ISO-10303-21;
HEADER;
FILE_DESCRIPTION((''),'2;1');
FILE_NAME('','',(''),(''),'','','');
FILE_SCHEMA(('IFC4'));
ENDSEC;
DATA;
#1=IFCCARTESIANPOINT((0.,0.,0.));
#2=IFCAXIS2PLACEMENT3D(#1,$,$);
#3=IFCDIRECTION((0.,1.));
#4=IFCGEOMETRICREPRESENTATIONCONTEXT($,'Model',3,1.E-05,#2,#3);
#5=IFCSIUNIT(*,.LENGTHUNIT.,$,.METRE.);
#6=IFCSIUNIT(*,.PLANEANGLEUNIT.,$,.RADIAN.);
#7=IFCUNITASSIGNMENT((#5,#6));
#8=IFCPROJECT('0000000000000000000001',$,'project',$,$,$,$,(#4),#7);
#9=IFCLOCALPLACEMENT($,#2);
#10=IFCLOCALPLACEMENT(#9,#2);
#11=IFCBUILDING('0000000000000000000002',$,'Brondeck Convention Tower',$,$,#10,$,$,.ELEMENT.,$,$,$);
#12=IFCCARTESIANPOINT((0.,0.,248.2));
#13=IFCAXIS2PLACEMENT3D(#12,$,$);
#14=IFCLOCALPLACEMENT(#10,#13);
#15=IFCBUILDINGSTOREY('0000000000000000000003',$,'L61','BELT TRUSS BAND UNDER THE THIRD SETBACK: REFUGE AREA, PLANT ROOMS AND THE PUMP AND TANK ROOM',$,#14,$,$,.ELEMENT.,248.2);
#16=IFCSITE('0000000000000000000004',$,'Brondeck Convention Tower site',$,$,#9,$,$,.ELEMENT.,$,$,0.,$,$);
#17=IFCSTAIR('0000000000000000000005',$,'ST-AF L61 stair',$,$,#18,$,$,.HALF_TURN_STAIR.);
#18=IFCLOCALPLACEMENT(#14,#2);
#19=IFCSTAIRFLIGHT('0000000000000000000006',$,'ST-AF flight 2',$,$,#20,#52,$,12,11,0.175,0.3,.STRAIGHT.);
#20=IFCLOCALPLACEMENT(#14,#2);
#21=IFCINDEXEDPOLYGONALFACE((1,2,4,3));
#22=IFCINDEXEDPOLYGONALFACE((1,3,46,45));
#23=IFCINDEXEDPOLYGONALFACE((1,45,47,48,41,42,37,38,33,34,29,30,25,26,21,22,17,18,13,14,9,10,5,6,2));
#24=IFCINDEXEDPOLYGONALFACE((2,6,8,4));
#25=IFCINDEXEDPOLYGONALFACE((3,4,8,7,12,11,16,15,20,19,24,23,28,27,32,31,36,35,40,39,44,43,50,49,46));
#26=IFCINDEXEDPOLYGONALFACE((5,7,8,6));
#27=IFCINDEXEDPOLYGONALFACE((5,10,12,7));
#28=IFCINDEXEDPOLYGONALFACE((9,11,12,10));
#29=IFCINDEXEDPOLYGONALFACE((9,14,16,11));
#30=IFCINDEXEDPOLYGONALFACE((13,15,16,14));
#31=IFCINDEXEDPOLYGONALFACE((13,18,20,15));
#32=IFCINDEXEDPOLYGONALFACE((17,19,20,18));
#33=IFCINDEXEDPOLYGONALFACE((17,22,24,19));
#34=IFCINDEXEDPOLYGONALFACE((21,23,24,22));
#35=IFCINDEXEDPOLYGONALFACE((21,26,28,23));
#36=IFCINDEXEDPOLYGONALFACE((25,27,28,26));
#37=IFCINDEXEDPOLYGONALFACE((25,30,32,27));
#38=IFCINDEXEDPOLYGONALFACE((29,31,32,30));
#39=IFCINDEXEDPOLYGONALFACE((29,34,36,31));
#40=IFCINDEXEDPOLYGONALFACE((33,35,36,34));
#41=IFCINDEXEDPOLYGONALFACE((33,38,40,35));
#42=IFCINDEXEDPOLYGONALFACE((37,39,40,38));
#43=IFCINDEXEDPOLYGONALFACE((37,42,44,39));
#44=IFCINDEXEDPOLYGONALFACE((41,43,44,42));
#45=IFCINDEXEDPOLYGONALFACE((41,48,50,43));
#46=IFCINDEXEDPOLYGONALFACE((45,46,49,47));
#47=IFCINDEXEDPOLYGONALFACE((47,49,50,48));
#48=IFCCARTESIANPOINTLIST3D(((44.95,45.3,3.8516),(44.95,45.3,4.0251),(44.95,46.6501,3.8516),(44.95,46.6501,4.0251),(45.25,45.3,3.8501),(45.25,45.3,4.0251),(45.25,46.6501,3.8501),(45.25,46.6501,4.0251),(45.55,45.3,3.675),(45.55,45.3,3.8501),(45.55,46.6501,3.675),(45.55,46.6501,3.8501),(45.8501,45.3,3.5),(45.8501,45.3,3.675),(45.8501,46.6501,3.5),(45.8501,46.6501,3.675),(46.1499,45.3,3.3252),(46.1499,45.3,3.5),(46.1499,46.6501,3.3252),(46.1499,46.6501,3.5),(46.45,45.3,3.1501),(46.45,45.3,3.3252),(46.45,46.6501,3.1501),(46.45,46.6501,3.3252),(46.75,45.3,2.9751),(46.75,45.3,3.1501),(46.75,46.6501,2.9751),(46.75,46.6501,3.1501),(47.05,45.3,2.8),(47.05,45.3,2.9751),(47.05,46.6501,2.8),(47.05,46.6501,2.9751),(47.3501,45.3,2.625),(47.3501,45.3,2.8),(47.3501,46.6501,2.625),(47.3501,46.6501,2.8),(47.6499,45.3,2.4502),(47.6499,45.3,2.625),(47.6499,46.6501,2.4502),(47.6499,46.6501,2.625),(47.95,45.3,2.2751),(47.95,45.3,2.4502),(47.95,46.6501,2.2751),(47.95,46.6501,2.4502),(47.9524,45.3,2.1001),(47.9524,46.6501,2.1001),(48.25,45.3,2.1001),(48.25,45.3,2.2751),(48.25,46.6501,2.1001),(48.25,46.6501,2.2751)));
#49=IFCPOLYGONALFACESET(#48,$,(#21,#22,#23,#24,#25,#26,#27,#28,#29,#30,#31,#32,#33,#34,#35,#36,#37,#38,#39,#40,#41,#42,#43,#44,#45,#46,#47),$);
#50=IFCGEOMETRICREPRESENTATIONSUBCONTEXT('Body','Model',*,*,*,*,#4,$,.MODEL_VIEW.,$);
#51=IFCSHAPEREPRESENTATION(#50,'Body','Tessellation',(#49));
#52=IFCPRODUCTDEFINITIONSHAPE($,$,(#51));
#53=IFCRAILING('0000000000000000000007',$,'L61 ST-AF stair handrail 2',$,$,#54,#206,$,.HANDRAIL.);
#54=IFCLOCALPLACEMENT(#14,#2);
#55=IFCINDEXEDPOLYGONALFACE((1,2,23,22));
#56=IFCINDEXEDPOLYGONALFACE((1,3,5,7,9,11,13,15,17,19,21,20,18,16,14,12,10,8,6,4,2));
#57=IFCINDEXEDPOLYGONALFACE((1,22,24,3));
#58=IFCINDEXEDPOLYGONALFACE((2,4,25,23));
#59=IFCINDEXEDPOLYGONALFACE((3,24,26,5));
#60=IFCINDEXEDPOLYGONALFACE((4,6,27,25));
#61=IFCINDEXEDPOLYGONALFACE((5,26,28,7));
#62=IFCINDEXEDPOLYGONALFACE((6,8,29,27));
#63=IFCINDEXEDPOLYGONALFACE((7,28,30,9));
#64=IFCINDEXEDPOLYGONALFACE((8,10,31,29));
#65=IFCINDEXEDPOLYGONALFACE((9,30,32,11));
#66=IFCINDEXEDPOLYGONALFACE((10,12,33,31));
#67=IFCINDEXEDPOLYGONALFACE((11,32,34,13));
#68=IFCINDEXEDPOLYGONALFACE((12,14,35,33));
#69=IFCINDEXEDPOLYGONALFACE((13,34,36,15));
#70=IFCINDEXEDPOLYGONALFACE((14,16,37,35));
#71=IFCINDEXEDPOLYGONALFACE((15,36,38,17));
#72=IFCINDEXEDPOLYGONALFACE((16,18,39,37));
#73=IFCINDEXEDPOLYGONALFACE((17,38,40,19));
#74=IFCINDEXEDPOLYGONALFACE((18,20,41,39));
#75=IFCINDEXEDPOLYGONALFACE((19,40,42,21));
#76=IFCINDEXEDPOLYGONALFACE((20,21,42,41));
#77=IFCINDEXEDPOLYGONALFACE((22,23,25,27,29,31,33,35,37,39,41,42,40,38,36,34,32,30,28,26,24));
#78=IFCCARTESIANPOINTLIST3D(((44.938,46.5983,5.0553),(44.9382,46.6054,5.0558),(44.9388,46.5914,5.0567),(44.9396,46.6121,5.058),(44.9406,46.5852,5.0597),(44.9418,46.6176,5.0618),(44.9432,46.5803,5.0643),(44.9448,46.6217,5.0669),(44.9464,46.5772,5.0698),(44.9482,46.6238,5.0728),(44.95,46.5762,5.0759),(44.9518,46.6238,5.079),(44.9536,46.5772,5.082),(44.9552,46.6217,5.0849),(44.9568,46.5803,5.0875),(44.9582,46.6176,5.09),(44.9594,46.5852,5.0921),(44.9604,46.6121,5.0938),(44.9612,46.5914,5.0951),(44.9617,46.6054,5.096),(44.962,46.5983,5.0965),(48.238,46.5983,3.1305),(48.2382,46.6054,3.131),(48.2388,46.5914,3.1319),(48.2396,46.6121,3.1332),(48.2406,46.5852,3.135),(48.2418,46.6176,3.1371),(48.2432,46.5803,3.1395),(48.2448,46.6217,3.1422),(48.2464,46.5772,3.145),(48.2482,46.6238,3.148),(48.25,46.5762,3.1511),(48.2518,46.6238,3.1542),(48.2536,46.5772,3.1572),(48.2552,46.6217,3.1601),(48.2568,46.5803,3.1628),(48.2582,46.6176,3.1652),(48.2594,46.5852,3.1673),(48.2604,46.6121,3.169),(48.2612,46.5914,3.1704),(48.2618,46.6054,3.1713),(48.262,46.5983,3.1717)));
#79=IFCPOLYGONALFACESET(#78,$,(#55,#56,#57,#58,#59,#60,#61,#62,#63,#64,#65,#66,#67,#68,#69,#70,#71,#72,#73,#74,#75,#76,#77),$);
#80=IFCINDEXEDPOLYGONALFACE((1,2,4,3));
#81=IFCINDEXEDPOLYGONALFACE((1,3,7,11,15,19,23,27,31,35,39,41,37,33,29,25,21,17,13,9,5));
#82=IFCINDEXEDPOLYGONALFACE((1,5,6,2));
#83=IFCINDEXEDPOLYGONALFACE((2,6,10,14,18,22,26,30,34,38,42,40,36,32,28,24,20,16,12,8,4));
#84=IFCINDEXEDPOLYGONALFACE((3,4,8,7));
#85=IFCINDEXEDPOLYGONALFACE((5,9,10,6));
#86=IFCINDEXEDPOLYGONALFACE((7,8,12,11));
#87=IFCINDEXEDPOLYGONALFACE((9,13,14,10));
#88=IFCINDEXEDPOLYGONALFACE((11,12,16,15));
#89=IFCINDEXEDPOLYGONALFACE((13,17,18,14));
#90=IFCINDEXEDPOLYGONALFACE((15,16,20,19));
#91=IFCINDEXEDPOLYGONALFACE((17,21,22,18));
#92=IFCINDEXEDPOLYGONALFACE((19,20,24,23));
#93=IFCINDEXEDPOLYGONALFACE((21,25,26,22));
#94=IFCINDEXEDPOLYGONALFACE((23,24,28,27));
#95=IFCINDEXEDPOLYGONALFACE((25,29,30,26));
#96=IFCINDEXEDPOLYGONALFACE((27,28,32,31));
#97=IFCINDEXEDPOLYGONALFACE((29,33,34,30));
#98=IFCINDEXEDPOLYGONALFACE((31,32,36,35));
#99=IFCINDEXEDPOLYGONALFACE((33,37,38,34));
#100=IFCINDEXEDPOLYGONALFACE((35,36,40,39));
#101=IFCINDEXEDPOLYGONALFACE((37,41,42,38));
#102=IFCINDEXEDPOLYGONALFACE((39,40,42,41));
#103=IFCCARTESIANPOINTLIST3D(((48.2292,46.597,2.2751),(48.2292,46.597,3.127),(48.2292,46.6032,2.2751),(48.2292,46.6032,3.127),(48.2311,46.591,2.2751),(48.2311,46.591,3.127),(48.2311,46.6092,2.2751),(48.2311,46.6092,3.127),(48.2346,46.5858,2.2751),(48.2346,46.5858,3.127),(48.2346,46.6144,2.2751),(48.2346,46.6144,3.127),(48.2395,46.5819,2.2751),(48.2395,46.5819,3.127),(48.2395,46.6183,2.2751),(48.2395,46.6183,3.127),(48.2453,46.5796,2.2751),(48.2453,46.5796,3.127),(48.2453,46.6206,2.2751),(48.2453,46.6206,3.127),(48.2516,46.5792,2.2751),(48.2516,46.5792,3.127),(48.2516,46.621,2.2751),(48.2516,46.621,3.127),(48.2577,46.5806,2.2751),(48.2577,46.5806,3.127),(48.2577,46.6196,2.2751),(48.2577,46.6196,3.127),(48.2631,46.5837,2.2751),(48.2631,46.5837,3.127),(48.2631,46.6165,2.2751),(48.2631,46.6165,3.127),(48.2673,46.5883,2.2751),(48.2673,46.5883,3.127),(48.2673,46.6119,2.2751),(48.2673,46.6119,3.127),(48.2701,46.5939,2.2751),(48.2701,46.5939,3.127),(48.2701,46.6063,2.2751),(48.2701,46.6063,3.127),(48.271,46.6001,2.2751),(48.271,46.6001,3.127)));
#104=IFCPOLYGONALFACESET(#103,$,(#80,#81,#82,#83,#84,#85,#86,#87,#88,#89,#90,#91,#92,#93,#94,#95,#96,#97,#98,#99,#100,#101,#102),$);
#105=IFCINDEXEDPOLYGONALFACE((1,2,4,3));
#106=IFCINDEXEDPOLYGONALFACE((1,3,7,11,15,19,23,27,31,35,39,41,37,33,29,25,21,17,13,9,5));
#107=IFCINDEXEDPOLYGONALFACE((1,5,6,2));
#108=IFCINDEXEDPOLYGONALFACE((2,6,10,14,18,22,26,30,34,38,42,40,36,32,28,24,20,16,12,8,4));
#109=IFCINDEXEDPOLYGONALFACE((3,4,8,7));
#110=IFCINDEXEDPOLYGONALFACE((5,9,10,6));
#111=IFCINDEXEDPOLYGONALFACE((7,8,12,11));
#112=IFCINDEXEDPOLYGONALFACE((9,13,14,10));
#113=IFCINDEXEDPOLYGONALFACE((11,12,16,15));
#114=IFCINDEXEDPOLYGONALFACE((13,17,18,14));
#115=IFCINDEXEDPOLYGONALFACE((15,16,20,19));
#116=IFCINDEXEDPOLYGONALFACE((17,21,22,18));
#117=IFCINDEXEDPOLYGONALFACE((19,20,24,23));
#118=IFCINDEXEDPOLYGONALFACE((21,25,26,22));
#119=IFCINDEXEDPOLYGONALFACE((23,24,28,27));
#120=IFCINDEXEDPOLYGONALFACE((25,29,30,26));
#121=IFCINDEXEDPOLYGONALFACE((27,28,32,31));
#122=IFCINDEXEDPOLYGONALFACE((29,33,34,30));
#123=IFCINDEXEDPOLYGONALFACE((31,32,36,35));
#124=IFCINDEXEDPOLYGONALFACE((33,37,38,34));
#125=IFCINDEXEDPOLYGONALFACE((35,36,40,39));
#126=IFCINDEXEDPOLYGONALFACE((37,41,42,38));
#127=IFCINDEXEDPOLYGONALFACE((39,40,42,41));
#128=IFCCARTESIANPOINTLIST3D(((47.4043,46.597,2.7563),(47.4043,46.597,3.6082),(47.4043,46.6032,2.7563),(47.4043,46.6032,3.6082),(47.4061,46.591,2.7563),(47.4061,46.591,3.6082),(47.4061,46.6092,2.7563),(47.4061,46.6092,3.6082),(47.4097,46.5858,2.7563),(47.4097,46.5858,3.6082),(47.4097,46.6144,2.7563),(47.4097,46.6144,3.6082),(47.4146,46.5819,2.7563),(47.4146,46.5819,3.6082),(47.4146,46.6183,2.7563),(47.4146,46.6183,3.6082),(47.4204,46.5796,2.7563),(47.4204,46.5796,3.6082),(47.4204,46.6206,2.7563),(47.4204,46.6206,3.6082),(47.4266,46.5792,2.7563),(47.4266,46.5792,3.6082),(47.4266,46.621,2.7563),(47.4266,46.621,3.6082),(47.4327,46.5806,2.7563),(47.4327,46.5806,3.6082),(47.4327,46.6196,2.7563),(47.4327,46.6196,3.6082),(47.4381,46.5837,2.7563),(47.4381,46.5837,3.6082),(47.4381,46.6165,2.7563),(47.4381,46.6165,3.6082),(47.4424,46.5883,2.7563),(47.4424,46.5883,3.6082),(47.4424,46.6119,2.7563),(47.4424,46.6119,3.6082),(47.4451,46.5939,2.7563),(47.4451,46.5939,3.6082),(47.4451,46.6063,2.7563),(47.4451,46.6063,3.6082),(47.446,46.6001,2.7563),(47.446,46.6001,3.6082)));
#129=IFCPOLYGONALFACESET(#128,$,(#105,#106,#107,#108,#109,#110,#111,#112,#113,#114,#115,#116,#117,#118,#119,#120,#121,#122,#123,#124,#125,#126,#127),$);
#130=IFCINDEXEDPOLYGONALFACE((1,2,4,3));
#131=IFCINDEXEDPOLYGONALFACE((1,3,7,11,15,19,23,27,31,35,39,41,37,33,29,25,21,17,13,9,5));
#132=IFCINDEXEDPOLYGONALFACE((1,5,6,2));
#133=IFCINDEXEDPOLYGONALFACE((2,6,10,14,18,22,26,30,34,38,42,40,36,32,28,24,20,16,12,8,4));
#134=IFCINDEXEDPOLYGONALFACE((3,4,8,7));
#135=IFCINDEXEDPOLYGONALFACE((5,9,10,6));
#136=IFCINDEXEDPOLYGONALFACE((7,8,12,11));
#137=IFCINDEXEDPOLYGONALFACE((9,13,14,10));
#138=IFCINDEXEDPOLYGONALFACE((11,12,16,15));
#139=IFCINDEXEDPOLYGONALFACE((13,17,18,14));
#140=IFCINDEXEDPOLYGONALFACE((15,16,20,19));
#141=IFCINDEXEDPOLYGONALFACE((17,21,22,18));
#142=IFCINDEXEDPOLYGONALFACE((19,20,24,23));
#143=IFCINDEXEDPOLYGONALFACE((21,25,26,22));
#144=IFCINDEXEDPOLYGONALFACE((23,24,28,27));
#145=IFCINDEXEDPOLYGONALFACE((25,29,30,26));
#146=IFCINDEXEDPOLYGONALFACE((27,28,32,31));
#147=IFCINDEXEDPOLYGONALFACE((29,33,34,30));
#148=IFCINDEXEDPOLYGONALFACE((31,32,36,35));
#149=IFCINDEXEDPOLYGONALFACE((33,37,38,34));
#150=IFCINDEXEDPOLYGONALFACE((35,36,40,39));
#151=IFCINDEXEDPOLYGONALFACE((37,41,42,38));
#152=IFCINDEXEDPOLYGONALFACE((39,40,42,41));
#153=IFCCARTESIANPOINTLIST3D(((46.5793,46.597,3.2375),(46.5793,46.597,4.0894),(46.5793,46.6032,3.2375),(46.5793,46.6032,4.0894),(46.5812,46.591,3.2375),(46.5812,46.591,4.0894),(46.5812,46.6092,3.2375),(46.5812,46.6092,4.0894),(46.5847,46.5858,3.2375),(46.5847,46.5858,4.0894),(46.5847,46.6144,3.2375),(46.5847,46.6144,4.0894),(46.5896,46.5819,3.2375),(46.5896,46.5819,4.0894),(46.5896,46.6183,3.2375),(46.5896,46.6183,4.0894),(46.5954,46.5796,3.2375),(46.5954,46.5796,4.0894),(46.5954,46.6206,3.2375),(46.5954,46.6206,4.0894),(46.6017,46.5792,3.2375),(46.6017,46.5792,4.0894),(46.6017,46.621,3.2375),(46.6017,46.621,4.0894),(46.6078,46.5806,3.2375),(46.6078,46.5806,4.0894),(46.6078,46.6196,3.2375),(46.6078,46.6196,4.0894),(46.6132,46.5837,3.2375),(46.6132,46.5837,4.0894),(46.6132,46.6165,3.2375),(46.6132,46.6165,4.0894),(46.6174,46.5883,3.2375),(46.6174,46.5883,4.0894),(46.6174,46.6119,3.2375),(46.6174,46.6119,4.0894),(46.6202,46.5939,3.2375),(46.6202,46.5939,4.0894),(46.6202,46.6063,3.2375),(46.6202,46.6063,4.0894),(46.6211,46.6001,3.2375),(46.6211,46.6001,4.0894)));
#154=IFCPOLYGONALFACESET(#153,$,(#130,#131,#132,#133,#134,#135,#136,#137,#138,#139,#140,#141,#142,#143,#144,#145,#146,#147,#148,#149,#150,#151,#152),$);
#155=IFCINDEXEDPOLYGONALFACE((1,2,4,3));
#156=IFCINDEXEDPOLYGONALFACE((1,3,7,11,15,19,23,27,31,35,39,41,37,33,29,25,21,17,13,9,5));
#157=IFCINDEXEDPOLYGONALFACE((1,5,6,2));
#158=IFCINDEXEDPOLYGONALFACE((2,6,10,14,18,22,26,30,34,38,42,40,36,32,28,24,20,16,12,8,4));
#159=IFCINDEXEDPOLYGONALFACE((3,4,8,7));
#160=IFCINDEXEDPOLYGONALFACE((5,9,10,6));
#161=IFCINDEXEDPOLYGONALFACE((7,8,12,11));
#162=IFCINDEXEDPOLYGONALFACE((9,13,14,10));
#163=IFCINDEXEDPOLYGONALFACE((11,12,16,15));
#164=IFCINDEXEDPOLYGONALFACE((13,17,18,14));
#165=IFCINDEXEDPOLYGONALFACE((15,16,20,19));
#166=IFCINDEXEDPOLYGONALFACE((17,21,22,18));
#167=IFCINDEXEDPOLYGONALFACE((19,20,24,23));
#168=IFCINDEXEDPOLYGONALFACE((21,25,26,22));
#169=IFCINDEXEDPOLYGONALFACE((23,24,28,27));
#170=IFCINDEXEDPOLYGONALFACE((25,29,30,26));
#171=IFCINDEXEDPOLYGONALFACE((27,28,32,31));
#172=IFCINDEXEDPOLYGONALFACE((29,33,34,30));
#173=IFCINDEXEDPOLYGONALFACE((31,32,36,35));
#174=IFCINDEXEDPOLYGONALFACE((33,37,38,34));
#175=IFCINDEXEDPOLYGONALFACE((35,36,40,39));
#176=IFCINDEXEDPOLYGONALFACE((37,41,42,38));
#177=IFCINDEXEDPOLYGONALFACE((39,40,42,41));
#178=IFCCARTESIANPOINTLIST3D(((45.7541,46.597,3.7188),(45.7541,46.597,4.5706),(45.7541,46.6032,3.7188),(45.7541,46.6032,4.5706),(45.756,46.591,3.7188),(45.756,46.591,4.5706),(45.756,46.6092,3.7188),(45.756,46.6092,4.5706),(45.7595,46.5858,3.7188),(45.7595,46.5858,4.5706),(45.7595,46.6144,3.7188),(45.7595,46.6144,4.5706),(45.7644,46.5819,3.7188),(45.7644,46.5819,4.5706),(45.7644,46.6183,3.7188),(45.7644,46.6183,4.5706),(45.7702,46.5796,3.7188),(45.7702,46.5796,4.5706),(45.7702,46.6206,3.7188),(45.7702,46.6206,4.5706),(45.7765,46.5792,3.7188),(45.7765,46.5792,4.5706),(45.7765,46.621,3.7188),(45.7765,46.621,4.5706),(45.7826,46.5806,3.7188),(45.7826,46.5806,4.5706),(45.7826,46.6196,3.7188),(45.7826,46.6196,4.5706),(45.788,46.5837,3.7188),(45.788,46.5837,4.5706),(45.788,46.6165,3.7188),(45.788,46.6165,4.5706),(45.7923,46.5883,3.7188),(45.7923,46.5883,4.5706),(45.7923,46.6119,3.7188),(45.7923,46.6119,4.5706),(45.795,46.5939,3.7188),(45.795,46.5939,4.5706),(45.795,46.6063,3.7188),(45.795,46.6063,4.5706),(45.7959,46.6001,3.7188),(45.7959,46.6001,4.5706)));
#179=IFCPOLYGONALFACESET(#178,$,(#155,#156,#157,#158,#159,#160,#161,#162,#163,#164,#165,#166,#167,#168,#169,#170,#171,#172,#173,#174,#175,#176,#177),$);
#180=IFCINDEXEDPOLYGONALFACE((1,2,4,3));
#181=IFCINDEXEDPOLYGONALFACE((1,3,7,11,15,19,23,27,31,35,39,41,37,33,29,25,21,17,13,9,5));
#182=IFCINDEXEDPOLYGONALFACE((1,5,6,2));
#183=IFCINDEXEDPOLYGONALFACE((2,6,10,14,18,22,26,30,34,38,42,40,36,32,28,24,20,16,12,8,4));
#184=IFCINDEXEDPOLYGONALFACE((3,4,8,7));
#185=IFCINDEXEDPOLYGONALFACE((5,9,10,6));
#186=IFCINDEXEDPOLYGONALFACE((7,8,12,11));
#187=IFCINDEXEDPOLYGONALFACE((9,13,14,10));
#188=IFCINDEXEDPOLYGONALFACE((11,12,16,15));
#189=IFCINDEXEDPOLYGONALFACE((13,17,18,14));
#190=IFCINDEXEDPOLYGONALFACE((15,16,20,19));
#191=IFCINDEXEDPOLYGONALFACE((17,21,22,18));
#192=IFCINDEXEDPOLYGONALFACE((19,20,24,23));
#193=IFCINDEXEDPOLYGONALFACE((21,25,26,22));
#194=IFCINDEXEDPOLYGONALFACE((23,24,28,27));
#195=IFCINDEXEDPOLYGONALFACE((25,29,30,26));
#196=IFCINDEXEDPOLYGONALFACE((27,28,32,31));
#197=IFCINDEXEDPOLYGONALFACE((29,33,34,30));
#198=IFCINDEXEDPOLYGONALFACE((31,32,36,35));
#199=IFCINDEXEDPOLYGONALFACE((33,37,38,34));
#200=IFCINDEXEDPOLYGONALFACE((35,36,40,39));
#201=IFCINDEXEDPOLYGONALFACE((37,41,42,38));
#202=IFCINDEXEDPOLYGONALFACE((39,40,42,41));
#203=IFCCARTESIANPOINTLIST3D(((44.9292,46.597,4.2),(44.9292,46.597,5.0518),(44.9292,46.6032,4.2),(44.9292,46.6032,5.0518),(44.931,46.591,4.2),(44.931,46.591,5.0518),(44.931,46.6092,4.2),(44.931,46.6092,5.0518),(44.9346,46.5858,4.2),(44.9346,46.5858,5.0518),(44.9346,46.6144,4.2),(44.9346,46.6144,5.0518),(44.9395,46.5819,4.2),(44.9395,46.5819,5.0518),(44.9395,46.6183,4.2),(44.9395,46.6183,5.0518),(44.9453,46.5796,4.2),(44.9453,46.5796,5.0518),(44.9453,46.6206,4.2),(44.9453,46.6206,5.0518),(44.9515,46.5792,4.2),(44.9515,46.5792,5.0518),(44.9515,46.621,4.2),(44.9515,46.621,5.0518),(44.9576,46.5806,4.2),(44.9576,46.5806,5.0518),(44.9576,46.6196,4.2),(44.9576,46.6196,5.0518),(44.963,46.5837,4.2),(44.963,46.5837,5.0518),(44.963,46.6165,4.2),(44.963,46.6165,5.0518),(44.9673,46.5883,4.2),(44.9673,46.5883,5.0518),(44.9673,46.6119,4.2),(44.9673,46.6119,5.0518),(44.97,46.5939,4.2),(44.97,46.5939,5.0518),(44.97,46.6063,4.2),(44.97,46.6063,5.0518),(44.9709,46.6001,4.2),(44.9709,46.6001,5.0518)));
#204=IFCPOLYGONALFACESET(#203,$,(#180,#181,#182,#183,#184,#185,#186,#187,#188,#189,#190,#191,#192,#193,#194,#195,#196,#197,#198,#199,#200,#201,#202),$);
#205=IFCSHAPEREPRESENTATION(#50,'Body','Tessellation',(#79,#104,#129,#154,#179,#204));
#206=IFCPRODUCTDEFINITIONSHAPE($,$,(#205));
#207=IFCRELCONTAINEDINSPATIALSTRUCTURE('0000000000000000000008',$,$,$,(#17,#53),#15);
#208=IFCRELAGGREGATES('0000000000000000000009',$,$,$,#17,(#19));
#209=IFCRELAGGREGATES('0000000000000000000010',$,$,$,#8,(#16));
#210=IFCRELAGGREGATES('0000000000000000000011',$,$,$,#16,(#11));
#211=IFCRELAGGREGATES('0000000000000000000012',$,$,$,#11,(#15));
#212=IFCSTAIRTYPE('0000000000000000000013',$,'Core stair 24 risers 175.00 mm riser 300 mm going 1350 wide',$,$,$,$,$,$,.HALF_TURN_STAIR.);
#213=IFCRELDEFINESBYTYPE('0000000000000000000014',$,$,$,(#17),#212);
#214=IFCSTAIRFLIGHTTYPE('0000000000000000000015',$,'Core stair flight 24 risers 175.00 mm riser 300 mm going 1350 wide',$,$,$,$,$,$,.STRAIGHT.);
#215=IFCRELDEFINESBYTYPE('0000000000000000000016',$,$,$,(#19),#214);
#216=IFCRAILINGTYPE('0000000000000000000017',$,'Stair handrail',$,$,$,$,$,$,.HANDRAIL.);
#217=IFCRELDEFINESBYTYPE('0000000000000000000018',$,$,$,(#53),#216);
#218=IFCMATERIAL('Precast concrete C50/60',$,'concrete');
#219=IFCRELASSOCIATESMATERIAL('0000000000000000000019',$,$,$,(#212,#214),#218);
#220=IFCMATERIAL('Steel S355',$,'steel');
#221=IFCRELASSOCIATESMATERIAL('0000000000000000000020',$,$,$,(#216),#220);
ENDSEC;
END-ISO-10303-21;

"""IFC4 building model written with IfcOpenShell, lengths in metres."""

from ifc_helpers import new_model, si_unit, direction, frame, origin, origin_2d, place, context, subcontext, project, spatial, polyline, circle, outline, extrude, material, type_object, element, aggregate, save


model = new_model("IFC4")

# Units and contexts
model_context = context("Model", 3, precision=1e-05, world=origin(), true_north=direction((0.0, 1.0)))
body_context = subcontext(model_context, "Body", "Model", "MODEL_VIEW")
ifc_project = project(units=[si_unit("LENGTHUNIT", "METRE"), si_unit("PLANEANGLEUNIT", "RADIAN")], contexts=[model_context])

# Site, building, storey
site_placement = place(None, origin())
site = spatial("IfcSite", under=ifc_project, at=site_placement, Name="Brondeck Convention Tower site", CompositionType="ELEMENT", RefElevation=0.0)
building_placement = place(site_placement, origin())
building = spatial("IfcBuilding", under=site, at=building_placement, Name="Brondeck Convention Tower", CompositionType="ELEMENT")
storey_placement = place(building_placement, frame((0.0, 0.0, 248.2)))
storey = spatial("IfcBuildingStorey", under=building, at=storey_placement, Name="L61", Description="BELT TRUSS BAND UNDER THE THIRD SETBACK: REFUGE AREA, PLANT ROOMS AND THE PUMP AND TANK ROOM", CompositionType="ELEMENT", Elevation=248.2)

# Shared definitions
ifc_material_1 = material(Name="Steel S355", Category="steel")

# Stair, stair flight
ifc_material_2 = material(Name="Precast concrete C50/60", Category="concrete")
stair_type = type_object("IfcStairType", Name="Core stair 24 risers 175.00 mm riser 300 mm going 1350 wide", PredefinedType="HALF_TURN_STAIR", material=ifc_material_2)
stair_placement = place(storey_placement, origin())
stair = element("IfcStair", 1, at=stair_placement, inside=storey, type_object=stair_type, Name="ST-AF L61 stair", PredefinedType="HALF_TURN_STAIR")
stair_flight_type = type_object("IfcStairFlightType", Name="Core stair flight 24 risers 175.00 mm riser 300 mm going 1350 wide", PredefinedType="STRAIGHT", material=ifc_material_2)
stair_flight_placement = place(storey_placement, frame((48.25, 45.9751, 2.1001), z_axis=(0.0, 0.0, 1.0), x_axis=(-1.0, 0.0, 0.0)))
stair_flight = element("IfcStairFlight", 2, at=stair_flight_placement, type_object=stair_flight_type, Name="ST-AF flight 2", NumberOfRisers=12, NumberOfTreads=11, PredefinedType="STRAIGHT", RiserHeight=0.175, TreadLength=0.3, context=body_context, shape_type="SweptSolid", body=[
    extrude(outline(polyline([(0.0, 0.0), (0.0, 0.175), (0.3, 0.175), (0.3, 0.3501), (0.6001, 0.3501), (0.6001, 0.5249), (0.8999, 0.5249), (0.8999, 0.7), (1.2, 0.7), (1.2, 0.875), (1.5, 0.875), (1.5, 1.05), (1.8, 1.05), (1.8, 1.2251), (2.1001, 1.2251), (2.1001, 1.3999), (2.3999, 1.3999), (2.3999, 1.575), (2.7, 1.575), (2.7, 1.75), (3.0, 1.75), (3.0, 1.925), (3.3, 1.925), (3.3, 2.1001), (3.3, 1.7515), (0.2976, 0.0), (0.0, 0.0)])), frame((0.0, 0.675, 0.0), z_axis=(0.0, -1.0, 0.0), x_axis=(1.0, 0.0, 0.0)), (0.0, 0.0, 1.0), 1.3501),
])
aggregate(stair, [stair_flight])

# Railing
railing_type_1 = type_object("IfcRailingType", Name="Stair handrail", PredefinedType="HANDRAIL", material=ifc_material_1)
railing_1_placement = place(storey_placement, frame((48.25, 46.6001, 2.2751)))
element("IfcRailing", 3, at=railing_1_placement, inside=storey, type_object=railing_type_1, Name="L61 ST-AF stair handrail 2", PredefinedType="HANDRAIL", context=body_context, shape_type="SweptSolid", body=[
    extrude(circle(Radius=0.0239, at=origin_2d()), frame((0.0, 0.0, 0.876), z_axis=(-0.863804, 0.0, 0.503827), x_axis=(0.0, -1.0, 0.0)), (0.0, 0.0, 1.0), 3.8203),
    extrude(circle(Radius=0.021, at=origin_2d()), origin(), (0.0, 0.0, 1.0), 0.8518),
    extrude(circle(Radius=0.021, at=origin_2d()), frame((-0.825, 0.0, 0.4812)), (0.0, 0.0, 1.0), 0.8518),
    extrude(circle(Radius=0.021, at=origin_2d()), frame((-1.6499, 0.0, 0.9624)), (0.0, 0.0, 1.0), 0.8518),
    extrude(circle(Radius=0.021, at=origin_2d()), frame((-2.4751, 0.0, 1.4436)), (0.0, 0.0, 1.0), 0.8518),
    extrude(circle(Radius=0.021, at=origin_2d()), frame((-3.3, 0.0, 1.9248)), (0.0, 0.0, 1.0), 0.8518),
])

save(model, "model.ifc")
